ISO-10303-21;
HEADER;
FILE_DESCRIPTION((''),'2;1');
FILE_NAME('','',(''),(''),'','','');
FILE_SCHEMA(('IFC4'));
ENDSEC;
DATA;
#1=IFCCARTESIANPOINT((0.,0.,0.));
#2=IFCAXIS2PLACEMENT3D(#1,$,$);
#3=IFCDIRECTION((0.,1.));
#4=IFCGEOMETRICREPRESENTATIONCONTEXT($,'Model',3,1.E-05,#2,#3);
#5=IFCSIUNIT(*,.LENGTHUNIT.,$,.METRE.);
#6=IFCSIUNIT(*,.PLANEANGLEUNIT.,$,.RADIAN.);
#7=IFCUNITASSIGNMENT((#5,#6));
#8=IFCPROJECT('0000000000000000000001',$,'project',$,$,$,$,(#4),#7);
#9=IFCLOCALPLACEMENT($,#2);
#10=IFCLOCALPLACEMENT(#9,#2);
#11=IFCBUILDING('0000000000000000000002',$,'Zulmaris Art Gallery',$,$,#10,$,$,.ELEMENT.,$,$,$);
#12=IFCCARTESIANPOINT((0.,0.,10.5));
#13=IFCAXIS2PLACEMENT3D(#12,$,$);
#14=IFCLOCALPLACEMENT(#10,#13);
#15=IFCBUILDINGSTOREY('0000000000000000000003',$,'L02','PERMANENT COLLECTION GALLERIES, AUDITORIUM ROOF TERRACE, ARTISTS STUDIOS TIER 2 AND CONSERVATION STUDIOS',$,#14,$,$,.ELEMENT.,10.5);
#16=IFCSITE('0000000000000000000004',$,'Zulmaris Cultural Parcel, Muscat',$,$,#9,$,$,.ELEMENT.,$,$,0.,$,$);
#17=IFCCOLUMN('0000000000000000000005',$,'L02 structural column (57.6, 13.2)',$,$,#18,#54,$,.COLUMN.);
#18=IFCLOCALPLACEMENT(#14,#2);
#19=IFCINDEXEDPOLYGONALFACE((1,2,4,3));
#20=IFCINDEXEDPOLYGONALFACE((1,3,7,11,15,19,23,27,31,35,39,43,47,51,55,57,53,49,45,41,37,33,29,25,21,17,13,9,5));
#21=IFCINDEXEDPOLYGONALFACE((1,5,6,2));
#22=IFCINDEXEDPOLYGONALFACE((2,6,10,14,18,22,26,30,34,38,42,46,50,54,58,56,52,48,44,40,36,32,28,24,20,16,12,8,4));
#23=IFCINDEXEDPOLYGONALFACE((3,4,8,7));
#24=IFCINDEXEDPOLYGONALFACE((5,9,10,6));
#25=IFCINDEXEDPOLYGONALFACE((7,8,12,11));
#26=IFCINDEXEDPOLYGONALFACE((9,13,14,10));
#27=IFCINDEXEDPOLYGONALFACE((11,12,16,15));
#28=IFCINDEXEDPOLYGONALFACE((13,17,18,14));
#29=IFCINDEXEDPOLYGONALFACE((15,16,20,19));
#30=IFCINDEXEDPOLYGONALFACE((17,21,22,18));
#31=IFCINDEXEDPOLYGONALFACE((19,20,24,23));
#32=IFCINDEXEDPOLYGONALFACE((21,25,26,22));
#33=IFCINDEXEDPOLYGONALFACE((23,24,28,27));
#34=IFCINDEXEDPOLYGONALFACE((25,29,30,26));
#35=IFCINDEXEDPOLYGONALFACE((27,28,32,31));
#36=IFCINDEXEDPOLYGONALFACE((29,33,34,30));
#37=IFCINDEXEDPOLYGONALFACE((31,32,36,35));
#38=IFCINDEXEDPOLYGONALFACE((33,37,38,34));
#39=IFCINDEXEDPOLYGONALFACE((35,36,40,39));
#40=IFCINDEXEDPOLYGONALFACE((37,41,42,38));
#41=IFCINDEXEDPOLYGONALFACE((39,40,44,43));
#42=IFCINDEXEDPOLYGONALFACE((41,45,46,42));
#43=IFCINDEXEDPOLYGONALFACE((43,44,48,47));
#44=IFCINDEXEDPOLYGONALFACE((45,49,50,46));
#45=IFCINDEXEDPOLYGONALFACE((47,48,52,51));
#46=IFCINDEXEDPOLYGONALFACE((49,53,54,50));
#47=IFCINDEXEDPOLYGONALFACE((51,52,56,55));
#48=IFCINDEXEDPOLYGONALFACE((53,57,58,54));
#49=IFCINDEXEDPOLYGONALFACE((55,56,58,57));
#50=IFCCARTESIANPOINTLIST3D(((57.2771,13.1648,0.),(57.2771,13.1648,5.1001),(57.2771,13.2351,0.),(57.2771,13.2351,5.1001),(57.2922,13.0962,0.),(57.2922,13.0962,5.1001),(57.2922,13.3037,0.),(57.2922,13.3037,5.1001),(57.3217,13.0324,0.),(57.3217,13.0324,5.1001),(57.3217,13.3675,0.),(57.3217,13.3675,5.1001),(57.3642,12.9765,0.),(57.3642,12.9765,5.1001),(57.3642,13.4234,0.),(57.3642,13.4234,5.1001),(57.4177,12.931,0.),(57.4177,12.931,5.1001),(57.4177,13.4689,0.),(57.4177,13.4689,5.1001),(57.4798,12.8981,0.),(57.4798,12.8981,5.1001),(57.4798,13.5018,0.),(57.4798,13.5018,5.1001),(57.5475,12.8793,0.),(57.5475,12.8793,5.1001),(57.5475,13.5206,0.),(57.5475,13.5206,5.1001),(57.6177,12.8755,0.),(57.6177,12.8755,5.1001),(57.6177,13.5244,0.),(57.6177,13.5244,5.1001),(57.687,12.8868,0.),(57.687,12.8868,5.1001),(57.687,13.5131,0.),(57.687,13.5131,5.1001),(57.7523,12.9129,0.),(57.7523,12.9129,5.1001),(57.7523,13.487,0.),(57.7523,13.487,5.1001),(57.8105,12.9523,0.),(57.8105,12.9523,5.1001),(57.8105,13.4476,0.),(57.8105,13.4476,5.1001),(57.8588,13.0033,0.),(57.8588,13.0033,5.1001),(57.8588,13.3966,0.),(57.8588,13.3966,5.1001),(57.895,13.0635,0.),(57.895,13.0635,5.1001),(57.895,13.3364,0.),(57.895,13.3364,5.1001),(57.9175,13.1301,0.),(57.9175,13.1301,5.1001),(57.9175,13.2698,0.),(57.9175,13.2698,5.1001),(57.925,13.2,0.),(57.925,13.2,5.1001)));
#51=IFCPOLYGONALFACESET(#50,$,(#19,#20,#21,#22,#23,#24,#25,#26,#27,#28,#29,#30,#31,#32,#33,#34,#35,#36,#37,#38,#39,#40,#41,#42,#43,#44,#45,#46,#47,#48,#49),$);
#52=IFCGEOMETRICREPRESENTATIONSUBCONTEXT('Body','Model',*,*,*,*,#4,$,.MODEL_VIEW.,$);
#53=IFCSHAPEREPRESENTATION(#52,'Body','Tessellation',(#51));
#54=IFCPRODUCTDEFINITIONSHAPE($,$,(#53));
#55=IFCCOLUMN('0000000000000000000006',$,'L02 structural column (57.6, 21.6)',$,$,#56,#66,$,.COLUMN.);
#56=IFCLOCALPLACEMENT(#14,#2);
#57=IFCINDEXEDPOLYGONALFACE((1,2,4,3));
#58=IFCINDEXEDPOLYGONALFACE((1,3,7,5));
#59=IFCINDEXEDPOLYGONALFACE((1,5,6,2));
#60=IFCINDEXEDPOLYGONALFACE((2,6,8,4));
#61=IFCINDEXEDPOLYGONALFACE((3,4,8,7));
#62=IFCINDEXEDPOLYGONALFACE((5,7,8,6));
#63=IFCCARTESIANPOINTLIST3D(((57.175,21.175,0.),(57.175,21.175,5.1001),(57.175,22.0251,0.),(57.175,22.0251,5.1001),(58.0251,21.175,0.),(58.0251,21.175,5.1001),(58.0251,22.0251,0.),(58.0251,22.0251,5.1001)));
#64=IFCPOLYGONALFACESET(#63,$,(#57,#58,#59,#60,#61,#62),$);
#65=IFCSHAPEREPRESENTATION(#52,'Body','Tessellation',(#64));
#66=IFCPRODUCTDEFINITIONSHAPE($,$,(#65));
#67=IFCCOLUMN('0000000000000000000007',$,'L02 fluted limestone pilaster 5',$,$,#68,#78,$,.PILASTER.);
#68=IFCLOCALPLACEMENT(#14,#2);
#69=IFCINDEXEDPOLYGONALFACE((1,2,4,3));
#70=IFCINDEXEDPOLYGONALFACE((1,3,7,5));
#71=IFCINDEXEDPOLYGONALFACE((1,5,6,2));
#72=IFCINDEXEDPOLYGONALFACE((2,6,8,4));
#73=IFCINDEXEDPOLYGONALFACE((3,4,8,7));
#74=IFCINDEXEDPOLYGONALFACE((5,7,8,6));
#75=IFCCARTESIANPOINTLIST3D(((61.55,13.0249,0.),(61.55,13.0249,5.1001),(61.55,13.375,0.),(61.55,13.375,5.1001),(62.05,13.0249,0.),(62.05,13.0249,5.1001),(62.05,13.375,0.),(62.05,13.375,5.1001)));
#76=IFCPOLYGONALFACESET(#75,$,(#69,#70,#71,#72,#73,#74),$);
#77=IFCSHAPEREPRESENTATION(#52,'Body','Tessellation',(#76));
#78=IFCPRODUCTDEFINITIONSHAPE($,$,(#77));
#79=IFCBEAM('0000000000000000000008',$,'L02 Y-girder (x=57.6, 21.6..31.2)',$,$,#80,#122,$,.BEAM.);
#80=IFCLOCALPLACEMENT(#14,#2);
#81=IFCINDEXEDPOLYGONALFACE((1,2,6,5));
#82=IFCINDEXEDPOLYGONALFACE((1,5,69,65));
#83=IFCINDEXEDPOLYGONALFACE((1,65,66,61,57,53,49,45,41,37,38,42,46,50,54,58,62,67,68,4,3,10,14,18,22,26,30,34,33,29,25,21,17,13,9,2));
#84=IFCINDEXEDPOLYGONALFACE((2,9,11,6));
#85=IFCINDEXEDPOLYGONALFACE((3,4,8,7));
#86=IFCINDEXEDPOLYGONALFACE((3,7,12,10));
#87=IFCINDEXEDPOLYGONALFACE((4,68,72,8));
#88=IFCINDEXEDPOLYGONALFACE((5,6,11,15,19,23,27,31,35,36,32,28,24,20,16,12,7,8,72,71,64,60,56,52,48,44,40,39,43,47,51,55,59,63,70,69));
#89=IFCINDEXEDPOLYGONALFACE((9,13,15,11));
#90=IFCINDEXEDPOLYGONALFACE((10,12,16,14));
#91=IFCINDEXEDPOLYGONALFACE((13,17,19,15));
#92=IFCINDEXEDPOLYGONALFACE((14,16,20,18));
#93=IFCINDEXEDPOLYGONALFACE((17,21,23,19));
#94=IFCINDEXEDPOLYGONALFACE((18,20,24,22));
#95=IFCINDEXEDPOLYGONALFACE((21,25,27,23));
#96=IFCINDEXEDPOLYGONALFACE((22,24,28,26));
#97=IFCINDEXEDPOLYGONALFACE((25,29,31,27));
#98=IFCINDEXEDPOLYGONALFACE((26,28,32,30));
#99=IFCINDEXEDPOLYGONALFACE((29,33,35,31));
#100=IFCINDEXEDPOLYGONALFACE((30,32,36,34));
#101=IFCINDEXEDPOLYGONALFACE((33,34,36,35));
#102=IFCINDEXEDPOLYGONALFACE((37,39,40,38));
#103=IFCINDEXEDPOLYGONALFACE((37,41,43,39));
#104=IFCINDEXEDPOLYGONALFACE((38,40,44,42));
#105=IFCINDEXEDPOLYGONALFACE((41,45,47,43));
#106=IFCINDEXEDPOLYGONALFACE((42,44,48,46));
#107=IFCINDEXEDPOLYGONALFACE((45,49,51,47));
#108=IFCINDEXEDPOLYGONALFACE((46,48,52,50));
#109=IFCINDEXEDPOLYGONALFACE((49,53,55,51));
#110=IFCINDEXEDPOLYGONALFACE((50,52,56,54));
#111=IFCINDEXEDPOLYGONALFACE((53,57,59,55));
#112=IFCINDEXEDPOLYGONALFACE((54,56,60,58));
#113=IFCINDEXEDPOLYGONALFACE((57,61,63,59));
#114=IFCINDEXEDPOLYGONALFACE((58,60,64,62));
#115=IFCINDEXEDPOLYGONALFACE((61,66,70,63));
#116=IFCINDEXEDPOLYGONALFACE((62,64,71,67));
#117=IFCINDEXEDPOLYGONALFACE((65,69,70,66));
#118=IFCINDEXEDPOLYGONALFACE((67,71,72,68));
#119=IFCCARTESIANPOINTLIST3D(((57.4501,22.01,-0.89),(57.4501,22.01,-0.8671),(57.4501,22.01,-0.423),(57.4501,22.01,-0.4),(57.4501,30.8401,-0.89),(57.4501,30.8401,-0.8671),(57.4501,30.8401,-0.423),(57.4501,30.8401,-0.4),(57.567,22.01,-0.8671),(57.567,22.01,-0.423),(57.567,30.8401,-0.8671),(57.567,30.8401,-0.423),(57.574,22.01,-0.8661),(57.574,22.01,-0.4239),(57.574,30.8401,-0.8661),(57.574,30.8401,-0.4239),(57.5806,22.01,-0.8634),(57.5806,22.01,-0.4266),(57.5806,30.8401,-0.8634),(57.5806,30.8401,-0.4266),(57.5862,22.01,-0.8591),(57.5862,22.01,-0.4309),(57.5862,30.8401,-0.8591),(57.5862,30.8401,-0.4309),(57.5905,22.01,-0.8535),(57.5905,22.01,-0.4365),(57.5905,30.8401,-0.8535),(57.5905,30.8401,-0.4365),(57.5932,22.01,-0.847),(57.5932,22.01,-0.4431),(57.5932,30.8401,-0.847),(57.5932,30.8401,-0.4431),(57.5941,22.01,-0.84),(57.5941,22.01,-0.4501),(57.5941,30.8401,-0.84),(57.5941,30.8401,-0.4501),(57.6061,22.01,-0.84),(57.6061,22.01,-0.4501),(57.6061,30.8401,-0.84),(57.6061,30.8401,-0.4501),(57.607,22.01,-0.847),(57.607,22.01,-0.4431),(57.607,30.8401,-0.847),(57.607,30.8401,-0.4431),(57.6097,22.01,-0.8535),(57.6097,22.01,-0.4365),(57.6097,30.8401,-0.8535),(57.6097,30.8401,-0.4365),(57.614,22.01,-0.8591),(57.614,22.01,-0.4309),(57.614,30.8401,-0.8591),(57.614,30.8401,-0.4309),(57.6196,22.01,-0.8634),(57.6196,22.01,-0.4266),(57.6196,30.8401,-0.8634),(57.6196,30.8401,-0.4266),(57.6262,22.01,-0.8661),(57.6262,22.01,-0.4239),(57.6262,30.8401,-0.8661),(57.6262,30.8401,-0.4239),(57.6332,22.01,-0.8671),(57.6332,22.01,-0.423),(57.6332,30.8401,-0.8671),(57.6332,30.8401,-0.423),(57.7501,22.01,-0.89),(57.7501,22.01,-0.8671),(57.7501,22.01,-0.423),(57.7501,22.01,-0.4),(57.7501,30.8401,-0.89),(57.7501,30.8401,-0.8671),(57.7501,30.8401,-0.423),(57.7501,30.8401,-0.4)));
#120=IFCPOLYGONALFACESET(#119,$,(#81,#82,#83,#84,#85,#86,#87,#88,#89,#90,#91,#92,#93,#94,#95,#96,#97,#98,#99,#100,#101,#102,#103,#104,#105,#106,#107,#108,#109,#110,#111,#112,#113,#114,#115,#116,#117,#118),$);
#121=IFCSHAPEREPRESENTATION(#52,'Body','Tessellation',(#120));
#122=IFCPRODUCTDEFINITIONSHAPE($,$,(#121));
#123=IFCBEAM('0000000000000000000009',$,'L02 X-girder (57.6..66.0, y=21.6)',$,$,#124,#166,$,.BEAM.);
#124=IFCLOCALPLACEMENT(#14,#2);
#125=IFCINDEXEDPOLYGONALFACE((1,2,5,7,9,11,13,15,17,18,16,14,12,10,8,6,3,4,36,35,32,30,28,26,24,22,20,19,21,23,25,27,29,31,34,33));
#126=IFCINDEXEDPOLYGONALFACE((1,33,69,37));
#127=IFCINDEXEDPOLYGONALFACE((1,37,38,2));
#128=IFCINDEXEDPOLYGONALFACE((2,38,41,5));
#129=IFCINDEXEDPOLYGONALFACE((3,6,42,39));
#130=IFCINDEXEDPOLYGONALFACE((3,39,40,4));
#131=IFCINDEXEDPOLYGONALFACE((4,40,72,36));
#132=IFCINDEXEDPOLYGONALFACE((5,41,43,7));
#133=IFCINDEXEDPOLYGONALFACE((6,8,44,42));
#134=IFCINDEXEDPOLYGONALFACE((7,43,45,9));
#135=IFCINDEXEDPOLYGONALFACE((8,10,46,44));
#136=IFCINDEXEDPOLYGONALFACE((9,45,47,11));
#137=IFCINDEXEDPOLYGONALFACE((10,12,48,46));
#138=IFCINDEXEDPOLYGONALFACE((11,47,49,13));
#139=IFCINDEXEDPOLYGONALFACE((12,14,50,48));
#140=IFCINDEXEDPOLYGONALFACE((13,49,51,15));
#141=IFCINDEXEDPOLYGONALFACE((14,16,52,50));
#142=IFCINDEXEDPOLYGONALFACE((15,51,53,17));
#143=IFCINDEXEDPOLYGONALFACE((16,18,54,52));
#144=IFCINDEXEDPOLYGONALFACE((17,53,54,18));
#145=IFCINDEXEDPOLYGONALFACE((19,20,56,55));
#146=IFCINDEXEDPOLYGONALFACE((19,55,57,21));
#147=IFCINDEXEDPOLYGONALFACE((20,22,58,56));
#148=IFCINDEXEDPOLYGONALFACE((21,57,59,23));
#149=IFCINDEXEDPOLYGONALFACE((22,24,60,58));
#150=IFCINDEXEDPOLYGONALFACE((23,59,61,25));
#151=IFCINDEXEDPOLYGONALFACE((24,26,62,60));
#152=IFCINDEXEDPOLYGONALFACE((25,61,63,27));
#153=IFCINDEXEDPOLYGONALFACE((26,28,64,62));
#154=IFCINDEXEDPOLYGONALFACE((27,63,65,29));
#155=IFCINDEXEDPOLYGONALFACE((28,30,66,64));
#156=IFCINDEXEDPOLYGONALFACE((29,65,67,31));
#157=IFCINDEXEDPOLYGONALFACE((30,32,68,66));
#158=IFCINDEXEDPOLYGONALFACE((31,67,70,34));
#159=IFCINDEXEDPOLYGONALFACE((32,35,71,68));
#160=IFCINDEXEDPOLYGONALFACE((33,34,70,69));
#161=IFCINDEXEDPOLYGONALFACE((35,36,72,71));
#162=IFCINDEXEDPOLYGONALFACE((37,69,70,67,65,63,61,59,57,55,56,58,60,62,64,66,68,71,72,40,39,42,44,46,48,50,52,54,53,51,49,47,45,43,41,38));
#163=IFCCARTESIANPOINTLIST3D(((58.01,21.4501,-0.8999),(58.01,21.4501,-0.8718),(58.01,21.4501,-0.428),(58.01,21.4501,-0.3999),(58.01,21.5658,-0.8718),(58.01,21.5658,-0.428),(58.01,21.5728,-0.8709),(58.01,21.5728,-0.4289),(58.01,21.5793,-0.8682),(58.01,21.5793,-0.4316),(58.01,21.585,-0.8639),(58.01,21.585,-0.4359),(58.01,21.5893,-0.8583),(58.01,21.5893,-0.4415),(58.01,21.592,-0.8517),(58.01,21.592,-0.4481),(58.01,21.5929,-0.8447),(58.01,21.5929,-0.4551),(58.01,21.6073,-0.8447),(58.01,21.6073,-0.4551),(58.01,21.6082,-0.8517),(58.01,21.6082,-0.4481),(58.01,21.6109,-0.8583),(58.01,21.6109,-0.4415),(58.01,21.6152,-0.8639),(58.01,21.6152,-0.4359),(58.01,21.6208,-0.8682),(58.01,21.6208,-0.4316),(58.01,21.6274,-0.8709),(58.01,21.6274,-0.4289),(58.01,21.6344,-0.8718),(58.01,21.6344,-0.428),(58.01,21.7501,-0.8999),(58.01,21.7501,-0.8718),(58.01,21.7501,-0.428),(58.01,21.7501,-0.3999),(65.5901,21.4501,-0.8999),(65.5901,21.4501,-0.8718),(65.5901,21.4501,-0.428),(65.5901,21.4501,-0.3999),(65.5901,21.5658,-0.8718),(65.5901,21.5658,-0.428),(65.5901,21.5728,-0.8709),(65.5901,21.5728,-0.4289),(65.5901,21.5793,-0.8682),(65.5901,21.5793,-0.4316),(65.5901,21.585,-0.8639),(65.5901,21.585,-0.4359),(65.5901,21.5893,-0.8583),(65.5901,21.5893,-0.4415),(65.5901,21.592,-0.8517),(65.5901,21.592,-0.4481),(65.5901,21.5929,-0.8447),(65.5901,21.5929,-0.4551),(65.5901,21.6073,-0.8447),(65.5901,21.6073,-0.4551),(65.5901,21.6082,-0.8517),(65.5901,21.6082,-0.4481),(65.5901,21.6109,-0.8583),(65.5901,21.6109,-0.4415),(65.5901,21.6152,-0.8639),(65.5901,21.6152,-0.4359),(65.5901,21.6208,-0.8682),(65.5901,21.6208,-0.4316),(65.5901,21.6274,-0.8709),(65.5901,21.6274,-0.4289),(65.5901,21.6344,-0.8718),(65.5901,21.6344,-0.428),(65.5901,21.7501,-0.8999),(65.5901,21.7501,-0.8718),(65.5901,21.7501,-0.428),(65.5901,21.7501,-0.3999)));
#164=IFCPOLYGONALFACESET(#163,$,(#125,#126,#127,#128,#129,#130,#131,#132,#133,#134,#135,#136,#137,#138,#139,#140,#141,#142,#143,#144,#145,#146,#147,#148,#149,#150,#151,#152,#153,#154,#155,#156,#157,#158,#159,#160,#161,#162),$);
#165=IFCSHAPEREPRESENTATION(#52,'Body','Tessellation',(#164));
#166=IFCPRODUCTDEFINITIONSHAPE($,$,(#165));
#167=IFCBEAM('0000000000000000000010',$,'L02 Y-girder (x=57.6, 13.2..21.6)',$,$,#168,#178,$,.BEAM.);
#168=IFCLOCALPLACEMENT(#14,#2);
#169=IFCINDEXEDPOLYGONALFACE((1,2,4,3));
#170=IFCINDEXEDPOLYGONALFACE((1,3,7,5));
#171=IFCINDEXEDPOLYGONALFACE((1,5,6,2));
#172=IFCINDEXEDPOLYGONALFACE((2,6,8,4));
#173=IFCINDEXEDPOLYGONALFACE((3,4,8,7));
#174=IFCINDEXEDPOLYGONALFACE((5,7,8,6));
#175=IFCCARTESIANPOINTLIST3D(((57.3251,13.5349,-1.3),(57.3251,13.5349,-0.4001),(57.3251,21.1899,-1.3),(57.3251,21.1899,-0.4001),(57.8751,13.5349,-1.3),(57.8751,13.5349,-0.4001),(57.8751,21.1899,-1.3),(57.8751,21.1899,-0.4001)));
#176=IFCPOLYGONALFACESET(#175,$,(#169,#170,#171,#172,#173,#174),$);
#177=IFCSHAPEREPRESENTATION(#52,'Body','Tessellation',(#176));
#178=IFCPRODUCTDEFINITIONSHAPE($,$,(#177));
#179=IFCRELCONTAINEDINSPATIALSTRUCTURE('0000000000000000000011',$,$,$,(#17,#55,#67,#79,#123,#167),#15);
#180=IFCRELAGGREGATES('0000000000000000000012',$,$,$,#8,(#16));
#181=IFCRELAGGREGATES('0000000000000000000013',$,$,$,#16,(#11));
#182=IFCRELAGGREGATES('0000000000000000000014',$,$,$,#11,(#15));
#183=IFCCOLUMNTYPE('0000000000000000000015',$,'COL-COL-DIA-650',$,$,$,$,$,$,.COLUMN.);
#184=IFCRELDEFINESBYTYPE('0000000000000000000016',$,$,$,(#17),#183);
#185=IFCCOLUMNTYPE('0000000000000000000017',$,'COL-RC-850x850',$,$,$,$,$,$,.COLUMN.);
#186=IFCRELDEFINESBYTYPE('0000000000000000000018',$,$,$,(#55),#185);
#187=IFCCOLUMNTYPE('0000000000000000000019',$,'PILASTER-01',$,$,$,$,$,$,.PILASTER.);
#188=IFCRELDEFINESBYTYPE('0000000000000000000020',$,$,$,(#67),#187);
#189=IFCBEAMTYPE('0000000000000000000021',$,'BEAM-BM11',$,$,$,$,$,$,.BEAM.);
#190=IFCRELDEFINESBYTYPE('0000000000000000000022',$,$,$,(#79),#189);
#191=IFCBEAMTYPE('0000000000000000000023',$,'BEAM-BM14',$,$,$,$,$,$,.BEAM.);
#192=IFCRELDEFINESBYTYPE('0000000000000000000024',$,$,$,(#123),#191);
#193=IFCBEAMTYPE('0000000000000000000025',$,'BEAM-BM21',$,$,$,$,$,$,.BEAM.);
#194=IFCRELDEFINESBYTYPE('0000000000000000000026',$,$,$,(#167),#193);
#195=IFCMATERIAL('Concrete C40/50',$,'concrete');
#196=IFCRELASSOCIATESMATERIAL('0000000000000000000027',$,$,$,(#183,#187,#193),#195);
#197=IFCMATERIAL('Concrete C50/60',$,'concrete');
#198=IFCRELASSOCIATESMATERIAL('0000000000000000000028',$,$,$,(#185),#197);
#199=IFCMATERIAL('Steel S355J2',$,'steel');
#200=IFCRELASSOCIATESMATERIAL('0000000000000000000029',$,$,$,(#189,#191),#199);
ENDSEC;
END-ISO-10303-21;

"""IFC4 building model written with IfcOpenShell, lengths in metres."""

from ifc_helpers import new_model, si_unit, direction, frame, origin, origin_2d, place, context, subcontext, project, spatial, rectangle, circle, i_section, extrude, material, material_profile, profile_set, type_object, element, save


model = new_model("IFC4")

# Units and contexts
model_context = context("Model", 3, precision=1e-05, world=origin(), true_north=direction((0.0, 1.0)))
body_context = subcontext(model_context, "Body", "Model", "MODEL_VIEW")
ifc_project = project(units=[si_unit("LENGTHUNIT", "METRE"), si_unit("PLANEANGLEUNIT", "RADIAN")], contexts=[model_context])

# Site, building, storey
site_placement = place(None, origin())
site = spatial("IfcSite", under=ifc_project, at=site_placement, Name="Zulmaris Cultural Parcel, Muscat", CompositionType="ELEMENT", RefElevation=0.0)
building_placement = place(site_placement, origin())
building = spatial("IfcBuilding", under=site, at=building_placement, Name="Zulmaris Art Gallery", CompositionType="ELEMENT")
storey_placement = place(building_placement, frame((0.0, 0.0, 10.5)))
storey = spatial("IfcBuildingStorey", under=building, at=storey_placement, Name="L02", Description="PERMANENT COLLECTION GALLERIES, AUDITORIUM ROOF TERRACE, ARTISTS STUDIOS TIER 2 AND CONSERVATION STUDIOS", CompositionType="ELEMENT", Elevation=10.5)

# Columns
ifc_material_1 = material(Name="Concrete C40/50", Category="concrete")
ifc_material_profile_1 = material_profile(ifc_material_1, circle(Radius=0.325, at=origin_2d()), Name="COL DIA 650")
ifc_profile_set_1 = profile_set([ifc_material_profile_1], Name="Concrete C40/50")
column_type_1 = type_object("IfcColumnType", Name="COL-COL-DIA-650", PredefinedType="COLUMN", material=ifc_profile_set_1)
column_1_placement = place(storey_placement, frame((57.6001, 13.2, 0.0), z_axis=(0.0, 0.0, 1.0), x_axis=(1.0, 0.0, 0.0)))
element("IfcColumn", 1, at=column_1_placement, inside=storey, type_object=column_type_1, Name="L02 structural column (57.6, 13.2)", PredefinedType="COLUMN", context=body_context, shape_type="SweptSolid", body=[
    extrude(circle(Radius=0.325, at=origin_2d()), origin(), (0.0, 0.0, 1.0), 5.1001),
])
ifc_material_2 = material(Name="Concrete C50/60", Category="concrete")
ifc_material_profile_2 = material_profile(ifc_material_2, rectangle(XDim=0.8501, YDim=0.8501, at=origin_2d()), Name="RC 850x850")
ifc_profile_set_2 = profile_set([ifc_material_profile_2], Name="Concrete C50/60")
column_type_2 = type_object("IfcColumnType", Name="COL-RC-850x850", PredefinedType="COLUMN", material=ifc_profile_set_2)
column_2_placement = place(storey_placement, frame((57.6001, 21.6001, 0.0), z_axis=(0.0, 0.0, 1.0), x_axis=(1.0, 0.0, 0.0)))
element("IfcColumn", 2, at=column_2_placement, inside=storey, type_object=column_type_2, Name="L02 structural column (57.6, 21.6)", PredefinedType="COLUMN", context=body_context, shape_type="SweptSolid", body=[
    extrude(rectangle(XDim=0.8501, YDim=0.8501, at=origin_2d()), origin(), (0.0, 0.0, 1.0), 5.1001),
])
ifc_material_profile_3 = material_profile(ifc_material_1, rectangle(XDim=0.5, YDim=0.3501, at=origin_2d()), Name="PIL 500x350")
ifc_profile_set_3 = profile_set([ifc_material_profile_3], Name="Concrete C40/50")
column_type_3 = type_object("IfcColumnType", Name="PILASTER-01", PredefinedType="PILASTER", material=ifc_profile_set_3)
column_3_placement = place(storey_placement, frame((61.8, 13.2, 0.0), z_axis=(0.0, 0.0, 1.0), x_axis=(1.0, 0.0, 0.0)))
element("IfcColumn", 3, at=column_3_placement, inside=storey, type_object=column_type_3, Name="L02 fluted limestone pilaster 5", PredefinedType="PILASTER", context=body_context, shape_type="SweptSolid", body=[
    extrude(rectangle(XDim=0.5, YDim=0.3501, at=origin_2d()), origin(), (0.0, 0.0, 1.0), 5.1001),
])

# Beams
ifc_material_3 = material(Name="Steel S355J2", Category="steel")
ifc_material_profile_4 = material_profile(ifc_material_3, i_section(OverallWidth=0.3, OverallDepth=0.49, WebThickness=0.012, FlangeThickness=0.0229, FilletRadius=0.0271, at=origin_2d()), Name="HEA 500")
ifc_profile_set_4 = profile_set([ifc_material_profile_4], Name="Steel S355J2")
beam_type_1 = type_object("IfcBeamType", Name="BEAM-BM11", PredefinedType="BEAM", material=ifc_profile_set_4)
beam_1_placement = place(storey_placement, frame((57.6001, 22.01, -0.645), z_axis=(0.0, 1.0, 0.0), x_axis=(-1.0, 0.0, 0.0)))
element("IfcBeam", 4, at=beam_1_placement, inside=storey, type_object=beam_type_1, Name="L02 Y-girder (x=57.6, 21.6..31.2)", PredefinedType="BEAM", context=body_context, shape_type="SweptSolid", body=[
    extrude(i_section(OverallWidth=0.3, OverallDepth=0.49, WebThickness=0.012, FlangeThickness=0.0229, FilletRadius=0.0271, at=origin_2d()), origin(), (0.0, 0.0, 1.0), 8.8301),
])
ifc_material_profile_5 = material_profile(ifc_material_3, i_section(OverallWidth=0.3, OverallDepth=0.5, WebThickness=0.0144, FlangeThickness=0.0281, FilletRadius=0.0271, at=origin_2d()), Name="HEB 500")
ifc_profile_set_5 = profile_set([ifc_material_profile_5], Name="Steel S355J2")
beam_type_2 = type_object("IfcBeamType", Name="BEAM-BM14", PredefinedType="BEAM", material=ifc_profile_set_5)
beam_2_placement = place(storey_placement, frame((58.01, 21.6001, -0.6499), z_axis=(1.0, 0.0, 0.0), x_axis=(0.0, 1.0, 0.0)))
element("IfcBeam", 5, at=beam_2_placement, inside=storey, type_object=beam_type_2, Name="L02 X-girder (57.6..66.0, y=21.6)", PredefinedType="BEAM", context=body_context, shape_type="SweptSolid", body=[
    extrude(i_section(OverallWidth=0.3, OverallDepth=0.5, WebThickness=0.0144, FlangeThickness=0.0281, FilletRadius=0.0271, at=origin_2d()), origin(), (0.0, 0.0, 1.0), 7.5801),
])
ifc_material_profile_6 = material_profile(ifc_material_1, rectangle(XDim=0.55, YDim=0.8999, at=origin_2d()), Name="RC 550x900")
ifc_profile_set_6 = profile_set([ifc_material_profile_6], Name="Concrete C40/50")
beam_type_3 = type_object("IfcBeamType", Name="BEAM-BM21", PredefinedType="BEAM", material=ifc_profile_set_6)
beam_3_placement = place(storey_placement, frame((57.6001, 13.5349, -0.8501), z_axis=(0.0, 1.0, 0.0), x_axis=(-1.0, 0.0, 0.0)))
element("IfcBeam", 6, at=beam_3_placement, inside=storey, type_object=beam_type_3, Name="L02 Y-girder (x=57.6, 13.2..21.6)", PredefinedType="BEAM", context=body_context, shape_type="SweptSolid", body=[
    extrude(rectangle(XDim=0.55, YDim=0.8999, at=origin_2d()), origin(), (0.0, 0.0, 1.0), 7.655),
])

save(model, "model.ifc")
